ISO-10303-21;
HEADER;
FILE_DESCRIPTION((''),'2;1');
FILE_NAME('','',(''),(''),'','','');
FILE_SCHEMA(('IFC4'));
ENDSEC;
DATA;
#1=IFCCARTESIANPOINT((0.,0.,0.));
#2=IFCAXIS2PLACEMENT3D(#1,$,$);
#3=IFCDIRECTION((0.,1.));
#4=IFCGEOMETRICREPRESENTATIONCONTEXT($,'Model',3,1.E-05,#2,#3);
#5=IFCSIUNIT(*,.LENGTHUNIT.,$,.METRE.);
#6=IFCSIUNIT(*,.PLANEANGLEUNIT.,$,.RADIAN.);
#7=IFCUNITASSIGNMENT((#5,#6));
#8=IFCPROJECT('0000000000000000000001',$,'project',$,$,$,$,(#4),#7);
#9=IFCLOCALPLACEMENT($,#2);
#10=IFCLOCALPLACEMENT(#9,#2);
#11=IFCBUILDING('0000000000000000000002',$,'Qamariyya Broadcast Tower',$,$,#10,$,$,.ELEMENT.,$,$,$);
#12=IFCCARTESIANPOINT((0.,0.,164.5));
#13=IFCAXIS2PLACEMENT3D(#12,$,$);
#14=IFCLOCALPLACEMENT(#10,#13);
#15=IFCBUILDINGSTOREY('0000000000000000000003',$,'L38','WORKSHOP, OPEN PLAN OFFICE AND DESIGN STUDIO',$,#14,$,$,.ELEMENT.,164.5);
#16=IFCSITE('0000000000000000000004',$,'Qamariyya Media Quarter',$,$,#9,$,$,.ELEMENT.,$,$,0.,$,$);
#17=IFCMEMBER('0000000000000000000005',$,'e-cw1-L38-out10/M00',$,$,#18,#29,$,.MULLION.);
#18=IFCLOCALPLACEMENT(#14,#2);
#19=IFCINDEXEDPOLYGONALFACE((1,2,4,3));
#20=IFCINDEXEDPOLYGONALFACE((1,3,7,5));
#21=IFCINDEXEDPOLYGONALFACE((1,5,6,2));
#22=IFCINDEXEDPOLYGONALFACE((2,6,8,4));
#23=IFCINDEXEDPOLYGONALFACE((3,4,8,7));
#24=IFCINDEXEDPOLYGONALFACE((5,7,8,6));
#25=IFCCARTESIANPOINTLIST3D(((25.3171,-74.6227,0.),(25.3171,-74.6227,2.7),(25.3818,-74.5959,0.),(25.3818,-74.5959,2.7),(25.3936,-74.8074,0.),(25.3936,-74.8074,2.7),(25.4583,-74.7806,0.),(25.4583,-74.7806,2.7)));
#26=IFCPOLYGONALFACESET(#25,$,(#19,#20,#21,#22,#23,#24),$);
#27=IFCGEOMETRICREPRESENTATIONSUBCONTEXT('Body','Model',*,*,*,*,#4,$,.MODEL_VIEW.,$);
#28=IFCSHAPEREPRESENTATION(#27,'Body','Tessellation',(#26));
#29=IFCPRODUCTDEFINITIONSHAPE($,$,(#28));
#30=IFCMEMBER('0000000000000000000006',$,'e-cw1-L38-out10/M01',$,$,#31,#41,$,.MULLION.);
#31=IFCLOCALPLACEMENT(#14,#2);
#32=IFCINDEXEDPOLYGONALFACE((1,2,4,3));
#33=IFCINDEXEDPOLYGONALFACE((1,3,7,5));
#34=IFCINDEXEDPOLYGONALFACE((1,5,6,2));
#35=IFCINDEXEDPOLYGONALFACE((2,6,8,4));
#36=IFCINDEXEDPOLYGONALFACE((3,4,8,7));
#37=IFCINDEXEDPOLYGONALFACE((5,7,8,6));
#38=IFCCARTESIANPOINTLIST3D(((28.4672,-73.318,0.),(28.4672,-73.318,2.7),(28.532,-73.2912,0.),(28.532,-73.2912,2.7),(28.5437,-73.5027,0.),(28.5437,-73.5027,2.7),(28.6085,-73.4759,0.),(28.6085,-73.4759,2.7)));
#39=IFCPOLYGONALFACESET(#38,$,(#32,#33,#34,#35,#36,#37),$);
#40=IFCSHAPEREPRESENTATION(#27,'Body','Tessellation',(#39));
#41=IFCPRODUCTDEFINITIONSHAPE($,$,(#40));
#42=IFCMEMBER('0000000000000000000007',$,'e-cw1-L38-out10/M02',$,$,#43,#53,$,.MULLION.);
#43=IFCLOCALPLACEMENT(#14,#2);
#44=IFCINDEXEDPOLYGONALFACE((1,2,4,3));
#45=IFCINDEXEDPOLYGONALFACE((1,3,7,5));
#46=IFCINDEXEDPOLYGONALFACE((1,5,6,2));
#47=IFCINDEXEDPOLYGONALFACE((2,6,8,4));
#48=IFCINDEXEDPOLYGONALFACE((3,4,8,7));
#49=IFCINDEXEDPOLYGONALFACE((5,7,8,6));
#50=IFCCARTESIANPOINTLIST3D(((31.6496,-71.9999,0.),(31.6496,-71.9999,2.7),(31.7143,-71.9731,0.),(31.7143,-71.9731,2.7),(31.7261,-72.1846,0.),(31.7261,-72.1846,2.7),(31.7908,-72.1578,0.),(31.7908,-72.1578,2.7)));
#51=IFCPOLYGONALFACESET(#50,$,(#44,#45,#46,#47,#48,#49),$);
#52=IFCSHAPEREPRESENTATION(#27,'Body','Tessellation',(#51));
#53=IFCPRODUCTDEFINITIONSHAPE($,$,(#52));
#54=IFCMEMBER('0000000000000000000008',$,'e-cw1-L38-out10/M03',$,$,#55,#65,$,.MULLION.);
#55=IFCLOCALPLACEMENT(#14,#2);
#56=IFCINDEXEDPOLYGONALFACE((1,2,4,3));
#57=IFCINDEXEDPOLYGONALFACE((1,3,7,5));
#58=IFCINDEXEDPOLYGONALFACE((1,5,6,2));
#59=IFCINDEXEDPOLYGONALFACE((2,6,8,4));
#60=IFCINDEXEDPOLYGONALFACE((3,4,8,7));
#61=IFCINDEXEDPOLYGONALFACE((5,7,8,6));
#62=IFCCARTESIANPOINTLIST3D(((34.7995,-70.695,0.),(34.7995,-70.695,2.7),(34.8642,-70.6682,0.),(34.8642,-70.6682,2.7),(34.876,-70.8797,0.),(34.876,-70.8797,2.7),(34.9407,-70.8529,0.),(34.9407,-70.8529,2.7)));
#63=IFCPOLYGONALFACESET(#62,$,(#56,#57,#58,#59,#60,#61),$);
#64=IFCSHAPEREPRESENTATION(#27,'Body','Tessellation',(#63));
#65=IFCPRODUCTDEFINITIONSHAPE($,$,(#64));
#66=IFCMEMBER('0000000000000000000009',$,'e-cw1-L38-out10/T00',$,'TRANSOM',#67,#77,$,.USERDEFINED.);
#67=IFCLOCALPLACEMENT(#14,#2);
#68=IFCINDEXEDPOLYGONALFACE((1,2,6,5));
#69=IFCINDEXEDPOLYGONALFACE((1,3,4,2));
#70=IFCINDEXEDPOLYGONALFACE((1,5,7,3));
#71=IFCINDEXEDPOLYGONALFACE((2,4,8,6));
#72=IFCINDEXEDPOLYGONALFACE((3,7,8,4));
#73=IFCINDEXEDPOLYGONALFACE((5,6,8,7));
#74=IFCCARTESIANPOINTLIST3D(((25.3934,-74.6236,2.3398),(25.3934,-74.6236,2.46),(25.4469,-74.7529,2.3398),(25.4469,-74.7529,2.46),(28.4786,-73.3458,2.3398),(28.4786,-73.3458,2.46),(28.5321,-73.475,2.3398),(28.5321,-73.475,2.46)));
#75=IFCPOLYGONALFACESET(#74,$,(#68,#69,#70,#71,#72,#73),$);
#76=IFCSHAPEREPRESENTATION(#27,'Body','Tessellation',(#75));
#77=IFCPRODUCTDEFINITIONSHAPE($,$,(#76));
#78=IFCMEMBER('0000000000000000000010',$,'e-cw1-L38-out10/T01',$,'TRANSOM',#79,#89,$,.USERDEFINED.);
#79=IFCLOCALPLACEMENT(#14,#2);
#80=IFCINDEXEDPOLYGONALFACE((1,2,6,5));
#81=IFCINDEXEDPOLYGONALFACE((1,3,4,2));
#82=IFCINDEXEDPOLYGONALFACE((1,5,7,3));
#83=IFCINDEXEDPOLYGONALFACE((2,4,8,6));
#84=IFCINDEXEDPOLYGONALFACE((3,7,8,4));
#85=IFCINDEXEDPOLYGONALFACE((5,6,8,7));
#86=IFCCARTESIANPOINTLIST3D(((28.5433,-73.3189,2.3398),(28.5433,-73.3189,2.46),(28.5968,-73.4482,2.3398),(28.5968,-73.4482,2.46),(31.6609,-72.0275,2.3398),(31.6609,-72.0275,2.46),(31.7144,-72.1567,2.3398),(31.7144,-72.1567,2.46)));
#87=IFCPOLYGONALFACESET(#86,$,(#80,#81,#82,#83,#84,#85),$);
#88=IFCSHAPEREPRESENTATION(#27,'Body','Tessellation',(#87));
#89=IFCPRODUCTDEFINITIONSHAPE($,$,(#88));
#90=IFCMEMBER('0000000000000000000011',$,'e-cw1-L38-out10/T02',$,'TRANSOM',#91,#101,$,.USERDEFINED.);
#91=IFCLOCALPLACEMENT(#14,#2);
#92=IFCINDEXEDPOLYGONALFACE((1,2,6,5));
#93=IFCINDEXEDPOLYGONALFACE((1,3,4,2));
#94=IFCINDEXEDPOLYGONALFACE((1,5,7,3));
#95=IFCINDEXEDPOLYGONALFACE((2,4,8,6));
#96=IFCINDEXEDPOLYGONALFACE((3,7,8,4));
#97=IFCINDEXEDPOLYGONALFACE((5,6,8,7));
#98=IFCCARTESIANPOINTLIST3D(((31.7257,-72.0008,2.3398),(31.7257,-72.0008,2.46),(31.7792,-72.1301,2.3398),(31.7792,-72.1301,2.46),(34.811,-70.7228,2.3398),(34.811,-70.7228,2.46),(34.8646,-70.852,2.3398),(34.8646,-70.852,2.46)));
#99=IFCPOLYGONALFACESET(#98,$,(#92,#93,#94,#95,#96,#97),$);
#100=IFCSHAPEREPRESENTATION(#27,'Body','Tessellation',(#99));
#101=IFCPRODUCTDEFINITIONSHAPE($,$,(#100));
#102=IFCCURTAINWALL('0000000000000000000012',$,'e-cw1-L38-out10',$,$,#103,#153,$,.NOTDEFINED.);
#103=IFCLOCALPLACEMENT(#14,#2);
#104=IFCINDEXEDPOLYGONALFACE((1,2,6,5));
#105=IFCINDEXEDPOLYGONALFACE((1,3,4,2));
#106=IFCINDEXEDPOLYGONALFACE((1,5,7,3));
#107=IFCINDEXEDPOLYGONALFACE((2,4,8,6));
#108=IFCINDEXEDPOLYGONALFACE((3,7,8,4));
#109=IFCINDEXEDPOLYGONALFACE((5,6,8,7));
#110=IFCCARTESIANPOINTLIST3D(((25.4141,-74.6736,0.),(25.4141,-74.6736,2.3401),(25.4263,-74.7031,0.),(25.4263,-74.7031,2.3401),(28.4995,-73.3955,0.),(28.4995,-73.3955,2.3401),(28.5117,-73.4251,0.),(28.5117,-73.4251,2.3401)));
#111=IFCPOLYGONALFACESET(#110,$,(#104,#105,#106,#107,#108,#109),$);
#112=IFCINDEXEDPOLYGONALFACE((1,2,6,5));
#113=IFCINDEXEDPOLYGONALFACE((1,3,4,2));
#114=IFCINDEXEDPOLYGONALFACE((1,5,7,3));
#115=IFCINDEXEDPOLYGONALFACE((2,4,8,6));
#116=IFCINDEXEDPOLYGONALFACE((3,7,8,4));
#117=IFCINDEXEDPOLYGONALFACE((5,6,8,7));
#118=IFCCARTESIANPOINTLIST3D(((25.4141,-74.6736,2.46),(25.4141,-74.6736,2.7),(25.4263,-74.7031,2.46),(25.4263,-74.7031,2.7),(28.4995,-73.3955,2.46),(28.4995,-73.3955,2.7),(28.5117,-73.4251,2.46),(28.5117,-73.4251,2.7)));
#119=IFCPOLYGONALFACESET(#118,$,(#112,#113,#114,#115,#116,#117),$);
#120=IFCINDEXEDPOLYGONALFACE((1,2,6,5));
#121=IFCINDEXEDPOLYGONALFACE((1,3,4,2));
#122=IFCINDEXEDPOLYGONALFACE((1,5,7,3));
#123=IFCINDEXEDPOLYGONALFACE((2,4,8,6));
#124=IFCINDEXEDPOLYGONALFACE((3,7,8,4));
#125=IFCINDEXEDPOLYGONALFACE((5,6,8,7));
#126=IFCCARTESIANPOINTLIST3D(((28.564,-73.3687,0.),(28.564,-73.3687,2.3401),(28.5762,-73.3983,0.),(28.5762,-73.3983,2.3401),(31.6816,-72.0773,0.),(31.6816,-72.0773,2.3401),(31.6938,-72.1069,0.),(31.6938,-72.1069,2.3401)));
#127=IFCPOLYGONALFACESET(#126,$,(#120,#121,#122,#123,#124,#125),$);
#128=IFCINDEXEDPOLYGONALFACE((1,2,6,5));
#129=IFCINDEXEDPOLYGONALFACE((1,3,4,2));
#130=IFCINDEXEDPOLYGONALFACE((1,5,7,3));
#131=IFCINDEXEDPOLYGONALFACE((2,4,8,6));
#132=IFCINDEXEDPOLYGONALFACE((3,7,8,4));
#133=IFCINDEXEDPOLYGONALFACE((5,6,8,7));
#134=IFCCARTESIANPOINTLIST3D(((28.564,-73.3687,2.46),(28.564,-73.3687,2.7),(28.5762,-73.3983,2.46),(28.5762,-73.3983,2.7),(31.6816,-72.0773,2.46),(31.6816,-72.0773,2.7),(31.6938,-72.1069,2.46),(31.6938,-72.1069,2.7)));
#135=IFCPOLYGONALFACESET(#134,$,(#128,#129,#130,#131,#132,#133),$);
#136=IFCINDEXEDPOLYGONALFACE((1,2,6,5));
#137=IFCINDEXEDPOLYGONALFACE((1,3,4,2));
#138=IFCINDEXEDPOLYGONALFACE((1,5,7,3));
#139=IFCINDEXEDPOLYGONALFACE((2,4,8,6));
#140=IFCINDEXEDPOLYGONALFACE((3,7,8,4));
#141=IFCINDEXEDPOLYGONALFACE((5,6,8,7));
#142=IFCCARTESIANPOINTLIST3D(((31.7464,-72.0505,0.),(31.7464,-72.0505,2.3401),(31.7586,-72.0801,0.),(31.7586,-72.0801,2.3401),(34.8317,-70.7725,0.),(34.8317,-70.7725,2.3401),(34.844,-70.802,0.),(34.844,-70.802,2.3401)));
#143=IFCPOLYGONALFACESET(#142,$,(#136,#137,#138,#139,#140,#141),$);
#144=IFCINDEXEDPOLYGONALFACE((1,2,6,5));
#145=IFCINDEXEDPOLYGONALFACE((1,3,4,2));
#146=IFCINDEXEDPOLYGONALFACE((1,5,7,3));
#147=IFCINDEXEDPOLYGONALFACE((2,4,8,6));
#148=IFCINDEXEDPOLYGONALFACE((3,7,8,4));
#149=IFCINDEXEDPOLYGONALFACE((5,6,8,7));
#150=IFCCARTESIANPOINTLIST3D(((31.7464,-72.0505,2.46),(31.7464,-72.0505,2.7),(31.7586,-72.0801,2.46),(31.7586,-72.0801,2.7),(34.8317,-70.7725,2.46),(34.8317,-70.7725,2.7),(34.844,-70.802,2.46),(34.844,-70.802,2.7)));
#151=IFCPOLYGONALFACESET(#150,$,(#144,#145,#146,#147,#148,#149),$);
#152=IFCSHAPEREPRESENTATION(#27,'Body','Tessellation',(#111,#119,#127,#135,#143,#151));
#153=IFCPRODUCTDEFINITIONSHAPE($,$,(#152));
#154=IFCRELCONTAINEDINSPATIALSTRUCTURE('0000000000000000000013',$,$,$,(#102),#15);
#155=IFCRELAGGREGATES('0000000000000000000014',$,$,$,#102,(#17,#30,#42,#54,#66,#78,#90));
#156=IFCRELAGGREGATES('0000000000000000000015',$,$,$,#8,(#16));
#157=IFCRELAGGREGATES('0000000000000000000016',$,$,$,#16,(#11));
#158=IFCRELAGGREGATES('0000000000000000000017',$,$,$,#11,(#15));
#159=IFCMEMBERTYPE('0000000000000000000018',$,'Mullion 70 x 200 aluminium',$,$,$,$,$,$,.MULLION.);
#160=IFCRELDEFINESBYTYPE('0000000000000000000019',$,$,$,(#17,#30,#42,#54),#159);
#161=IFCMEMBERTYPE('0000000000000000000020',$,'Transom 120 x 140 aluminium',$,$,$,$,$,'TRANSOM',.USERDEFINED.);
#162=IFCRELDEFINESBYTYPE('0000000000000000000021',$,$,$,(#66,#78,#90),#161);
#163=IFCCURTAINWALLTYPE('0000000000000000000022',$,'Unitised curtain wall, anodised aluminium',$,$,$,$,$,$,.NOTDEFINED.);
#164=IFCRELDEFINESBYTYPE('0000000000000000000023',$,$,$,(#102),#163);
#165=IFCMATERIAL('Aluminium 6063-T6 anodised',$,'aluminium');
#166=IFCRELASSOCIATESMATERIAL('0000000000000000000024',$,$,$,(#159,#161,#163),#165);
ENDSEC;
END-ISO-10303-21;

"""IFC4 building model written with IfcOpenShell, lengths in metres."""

from ifc_helpers import new_model, si_unit, direction, frame, origin, origin_2d, place, context, subcontext, project, spatial, rectangle, extrude, material, material_profile, profile_set, type_object, element, aggregate, save


model = new_model("IFC4")

# Units and contexts
model_context = context("Model", 3, precision=1e-05, world=origin(), true_north=direction((0.0, 1.0)))
body_context = subcontext(model_context, "Body", "Model", "MODEL_VIEW")
ifc_project = project(units=[si_unit("LENGTHUNIT", "METRE"), si_unit("PLANEANGLEUNIT", "RADIAN")], contexts=[model_context])

# Members
ifc_material = material(Name="Aluminium 6063-T6 anodised", Category="aluminium")
ifc_material_profile_1 = material_profile(ifc_material, rectangle(XDim=0.2, YDim=0.0701, at=origin_2d()))
ifc_profile_set_1 = profile_set([ifc_material_profile_1], Name="Aluminium 6063-T6 anodised")
member_type_1 = type_object("IfcMemberType", Name="Mullion 70 x 200 aluminium", PredefinedType="MULLION", material=ifc_profile_set_1)
site_placement = place(None, origin())
building_placement = place(site_placement, origin())
storey_placement = place(building_placement, frame((0.0, 0.0, 164.5)))
member_1_placement = place(storey_placement, frame((25.3877, -74.7017, 0.0), z_axis=(0.0, 0.0, 1.0), x_axis=(-0.382683, 0.92388, 0.0)))
member_1 = element("IfcMember", 1, at=member_1_placement, type_object=member_type_1, Name="e-cw1-L38-out10/M00", PredefinedType="MULLION", context=body_context, shape_type="SweptSolid", body=[
    extrude(rectangle(XDim=0.2, YDim=0.0701, at=origin_2d()), origin(), (0.0, 0.0, 1.0), 2.7),
])
member_2_placement = place(storey_placement, frame((28.5378, -73.397, 0.0), z_axis=(0.0, 0.0, 1.0), x_axis=(-0.382683, 0.92388, 0.0)))
member_2 = element("IfcMember", 2, at=member_2_placement, type_object=member_type_1, Name="e-cw1-L38-out10/M01", PredefinedType="MULLION", context=body_context, shape_type="SweptSolid", body=[
    extrude(rectangle(XDim=0.2, YDim=0.0701, at=origin_2d()), origin(), (0.0, 0.0, 1.0), 2.7),
])
member_3_placement = place(storey_placement, frame((31.7202, -72.0789, 0.0), z_axis=(0.0, 0.0, 1.0), x_axis=(-0.382683, 0.92388, 0.0)))
member_3 = element("IfcMember", 3, at=member_3_placement, type_object=member_type_1, Name="e-cw1-L38-out10/M02", PredefinedType="MULLION", context=body_context, shape_type="SweptSolid", body=[
    extrude(rectangle(XDim=0.2, YDim=0.0701, at=origin_2d()), origin(), (0.0, 0.0, 1.0), 2.7),
])
member_4_placement = place(storey_placement, frame((34.8701, -70.7739, 0.0), z_axis=(0.0, 0.0, 1.0), x_axis=(-0.382683, 0.92388, 0.0)))
member_4 = element("IfcMember", 4, at=member_4_placement, type_object=member_type_1, Name="e-cw1-L38-out10/M03", PredefinedType="MULLION", context=body_context, shape_type="SweptSolid", body=[
    extrude(rectangle(XDim=0.2, YDim=0.0701, at=origin_2d()), origin(), (0.0, 0.0, 1.0), 2.7),
])
ifc_material_profile_2 = material_profile(ifc_material, rectangle(XDim=0.1399, YDim=0.1201, at=origin_2d()))
ifc_profile_set_2 = profile_set([ifc_material_profile_2], Name="Aluminium 6063-T6 anodised")
member_type_2 = type_object("IfcMemberType", Name="Transom 120 x 140 aluminium", ElementType="TRANSOM", PredefinedType="USERDEFINED", material=ifc_profile_set_2)
member_5_placement = place(storey_placement, frame((25.4202, -74.6882, 2.3999), z_axis=(0.92389, 0.382657, 0.0), x_axis=(-0.382657, 0.92389, 0.0)))
member_5 = element("IfcMember", 5, at=member_5_placement, type_object=member_type_2, Name="e-cw1-L38-out10/T00", ObjectType="TRANSOM", PredefinedType="USERDEFINED", context=body_context, shape_type="SweptSolid", body=[
    extrude(rectangle(XDim=0.1399, YDim=0.1201, at=origin_2d()), origin(), (0.0, 0.0, 1.0), 3.3394),
])
member_6_placement = place(storey_placement, frame((28.5701, -73.3835, 2.3999), z_axis=(0.923867, 0.382714, 0.0), x_axis=(-0.382714, 0.923867, 0.0)))
member_6 = element("IfcMember", 6, at=member_6_placement, type_object=member_type_2, Name="e-cw1-L38-out10/T01", ObjectType="TRANSOM", PredefinedType="USERDEFINED", context=body_context, shape_type="SweptSolid", body=[
    extrude(rectangle(XDim=0.1399, YDim=0.1201, at=origin_2d()), origin(), (0.0, 0.0, 1.0), 3.3745),
])
member_7_placement = place(storey_placement, frame((31.7524, -72.0654, 2.3999), z_axis=(0.923875, 0.382694, 0.0), x_axis=(-0.382694, 0.923875, 0.0)))
member_7 = element("IfcMember", 7, at=member_7_placement, type_object=member_type_2, Name="e-cw1-L38-out10/T02", ObjectType="TRANSOM", PredefinedType="USERDEFINED", context=body_context, shape_type="SweptSolid", body=[
    extrude(rectangle(XDim=0.1399, YDim=0.1201, at=origin_2d()), origin(), (0.0, 0.0, 1.0), 3.3396),
])

# Site, building, storey
site = spatial("IfcSite", under=ifc_project, at=site_placement, Name="Qamariyya Media Quarter", CompositionType="ELEMENT", RefElevation=0.0)
building = spatial("IfcBuilding", under=site, at=building_placement, Name="Qamariyya Broadcast Tower", CompositionType="ELEMENT")
storey = spatial("IfcBuildingStorey", under=building, at=storey_placement, Name="L38", Description="WORKSHOP, OPEN PLAN OFFICE AND DESIGN STUDIO", CompositionType="ELEMENT", Elevation=164.5)

# Curtain wall
curtain_wall_type = type_object("IfcCurtainWallType", Name="Unitised curtain wall, anodised aluminium", PredefinedType="NOTDEFINED", material=ifc_material)
curtain_wall_1_placement = place(storey_placement, origin())
curtain_wall_1 = element("IfcCurtainWall", 8, at=curtain_wall_1_placement, inside=storey, type_object=curtain_wall_type, Name="e-cw1-L38-out10", PredefinedType="NOTDEFINED", context=body_context, shape_type="SweptSolid", body=[
    extrude(rectangle(XDim=3.3396, YDim=0.032, at=origin_2d()), frame((26.9629, -74.0493, 0.0), x_axis=(0.923878, 0.382687, 0.0)), (0.0, 0.0, 1.0), 2.3401),
    extrude(rectangle(XDim=3.3396, YDim=0.032, at=origin_2d()), frame((26.9629, -74.0493, 2.46), x_axis=(0.923878, 0.382687, 0.0)), (0.0, 0.0, 1.0), 0.24),
    extrude(rectangle(XDim=3.3745, YDim=0.032, at=origin_2d()), frame((30.1289, -72.7378, 0.0), x_axis=(0.923878, 0.382687, 0.0)), (0.0, 0.0, 1.0), 2.3401),
    extrude(rectangle(XDim=3.3745, YDim=0.032, at=origin_2d()), frame((30.1289, -72.7378, 2.46), x_axis=(0.923878, 0.382687, 0.0)), (0.0, 0.0, 1.0), 0.24),
    extrude(rectangle(XDim=3.3396, YDim=0.032, at=origin_2d()), frame((33.2952, -71.4263, 0.0), x_axis=(0.923878, 0.382687, 0.0)), (0.0, 0.0, 1.0), 2.3401),
    extrude(rectangle(XDim=3.3396, YDim=0.032, at=origin_2d()), frame((33.2952, -71.4263, 2.46), x_axis=(0.923878, 0.382687, 0.0)), (0.0, 0.0, 1.0), 0.24),
])
aggregate(curtain_wall_1, [member_1, member_2, member_3, member_4, member_5, member_6, member_7])

save(model, "model.ifc")
